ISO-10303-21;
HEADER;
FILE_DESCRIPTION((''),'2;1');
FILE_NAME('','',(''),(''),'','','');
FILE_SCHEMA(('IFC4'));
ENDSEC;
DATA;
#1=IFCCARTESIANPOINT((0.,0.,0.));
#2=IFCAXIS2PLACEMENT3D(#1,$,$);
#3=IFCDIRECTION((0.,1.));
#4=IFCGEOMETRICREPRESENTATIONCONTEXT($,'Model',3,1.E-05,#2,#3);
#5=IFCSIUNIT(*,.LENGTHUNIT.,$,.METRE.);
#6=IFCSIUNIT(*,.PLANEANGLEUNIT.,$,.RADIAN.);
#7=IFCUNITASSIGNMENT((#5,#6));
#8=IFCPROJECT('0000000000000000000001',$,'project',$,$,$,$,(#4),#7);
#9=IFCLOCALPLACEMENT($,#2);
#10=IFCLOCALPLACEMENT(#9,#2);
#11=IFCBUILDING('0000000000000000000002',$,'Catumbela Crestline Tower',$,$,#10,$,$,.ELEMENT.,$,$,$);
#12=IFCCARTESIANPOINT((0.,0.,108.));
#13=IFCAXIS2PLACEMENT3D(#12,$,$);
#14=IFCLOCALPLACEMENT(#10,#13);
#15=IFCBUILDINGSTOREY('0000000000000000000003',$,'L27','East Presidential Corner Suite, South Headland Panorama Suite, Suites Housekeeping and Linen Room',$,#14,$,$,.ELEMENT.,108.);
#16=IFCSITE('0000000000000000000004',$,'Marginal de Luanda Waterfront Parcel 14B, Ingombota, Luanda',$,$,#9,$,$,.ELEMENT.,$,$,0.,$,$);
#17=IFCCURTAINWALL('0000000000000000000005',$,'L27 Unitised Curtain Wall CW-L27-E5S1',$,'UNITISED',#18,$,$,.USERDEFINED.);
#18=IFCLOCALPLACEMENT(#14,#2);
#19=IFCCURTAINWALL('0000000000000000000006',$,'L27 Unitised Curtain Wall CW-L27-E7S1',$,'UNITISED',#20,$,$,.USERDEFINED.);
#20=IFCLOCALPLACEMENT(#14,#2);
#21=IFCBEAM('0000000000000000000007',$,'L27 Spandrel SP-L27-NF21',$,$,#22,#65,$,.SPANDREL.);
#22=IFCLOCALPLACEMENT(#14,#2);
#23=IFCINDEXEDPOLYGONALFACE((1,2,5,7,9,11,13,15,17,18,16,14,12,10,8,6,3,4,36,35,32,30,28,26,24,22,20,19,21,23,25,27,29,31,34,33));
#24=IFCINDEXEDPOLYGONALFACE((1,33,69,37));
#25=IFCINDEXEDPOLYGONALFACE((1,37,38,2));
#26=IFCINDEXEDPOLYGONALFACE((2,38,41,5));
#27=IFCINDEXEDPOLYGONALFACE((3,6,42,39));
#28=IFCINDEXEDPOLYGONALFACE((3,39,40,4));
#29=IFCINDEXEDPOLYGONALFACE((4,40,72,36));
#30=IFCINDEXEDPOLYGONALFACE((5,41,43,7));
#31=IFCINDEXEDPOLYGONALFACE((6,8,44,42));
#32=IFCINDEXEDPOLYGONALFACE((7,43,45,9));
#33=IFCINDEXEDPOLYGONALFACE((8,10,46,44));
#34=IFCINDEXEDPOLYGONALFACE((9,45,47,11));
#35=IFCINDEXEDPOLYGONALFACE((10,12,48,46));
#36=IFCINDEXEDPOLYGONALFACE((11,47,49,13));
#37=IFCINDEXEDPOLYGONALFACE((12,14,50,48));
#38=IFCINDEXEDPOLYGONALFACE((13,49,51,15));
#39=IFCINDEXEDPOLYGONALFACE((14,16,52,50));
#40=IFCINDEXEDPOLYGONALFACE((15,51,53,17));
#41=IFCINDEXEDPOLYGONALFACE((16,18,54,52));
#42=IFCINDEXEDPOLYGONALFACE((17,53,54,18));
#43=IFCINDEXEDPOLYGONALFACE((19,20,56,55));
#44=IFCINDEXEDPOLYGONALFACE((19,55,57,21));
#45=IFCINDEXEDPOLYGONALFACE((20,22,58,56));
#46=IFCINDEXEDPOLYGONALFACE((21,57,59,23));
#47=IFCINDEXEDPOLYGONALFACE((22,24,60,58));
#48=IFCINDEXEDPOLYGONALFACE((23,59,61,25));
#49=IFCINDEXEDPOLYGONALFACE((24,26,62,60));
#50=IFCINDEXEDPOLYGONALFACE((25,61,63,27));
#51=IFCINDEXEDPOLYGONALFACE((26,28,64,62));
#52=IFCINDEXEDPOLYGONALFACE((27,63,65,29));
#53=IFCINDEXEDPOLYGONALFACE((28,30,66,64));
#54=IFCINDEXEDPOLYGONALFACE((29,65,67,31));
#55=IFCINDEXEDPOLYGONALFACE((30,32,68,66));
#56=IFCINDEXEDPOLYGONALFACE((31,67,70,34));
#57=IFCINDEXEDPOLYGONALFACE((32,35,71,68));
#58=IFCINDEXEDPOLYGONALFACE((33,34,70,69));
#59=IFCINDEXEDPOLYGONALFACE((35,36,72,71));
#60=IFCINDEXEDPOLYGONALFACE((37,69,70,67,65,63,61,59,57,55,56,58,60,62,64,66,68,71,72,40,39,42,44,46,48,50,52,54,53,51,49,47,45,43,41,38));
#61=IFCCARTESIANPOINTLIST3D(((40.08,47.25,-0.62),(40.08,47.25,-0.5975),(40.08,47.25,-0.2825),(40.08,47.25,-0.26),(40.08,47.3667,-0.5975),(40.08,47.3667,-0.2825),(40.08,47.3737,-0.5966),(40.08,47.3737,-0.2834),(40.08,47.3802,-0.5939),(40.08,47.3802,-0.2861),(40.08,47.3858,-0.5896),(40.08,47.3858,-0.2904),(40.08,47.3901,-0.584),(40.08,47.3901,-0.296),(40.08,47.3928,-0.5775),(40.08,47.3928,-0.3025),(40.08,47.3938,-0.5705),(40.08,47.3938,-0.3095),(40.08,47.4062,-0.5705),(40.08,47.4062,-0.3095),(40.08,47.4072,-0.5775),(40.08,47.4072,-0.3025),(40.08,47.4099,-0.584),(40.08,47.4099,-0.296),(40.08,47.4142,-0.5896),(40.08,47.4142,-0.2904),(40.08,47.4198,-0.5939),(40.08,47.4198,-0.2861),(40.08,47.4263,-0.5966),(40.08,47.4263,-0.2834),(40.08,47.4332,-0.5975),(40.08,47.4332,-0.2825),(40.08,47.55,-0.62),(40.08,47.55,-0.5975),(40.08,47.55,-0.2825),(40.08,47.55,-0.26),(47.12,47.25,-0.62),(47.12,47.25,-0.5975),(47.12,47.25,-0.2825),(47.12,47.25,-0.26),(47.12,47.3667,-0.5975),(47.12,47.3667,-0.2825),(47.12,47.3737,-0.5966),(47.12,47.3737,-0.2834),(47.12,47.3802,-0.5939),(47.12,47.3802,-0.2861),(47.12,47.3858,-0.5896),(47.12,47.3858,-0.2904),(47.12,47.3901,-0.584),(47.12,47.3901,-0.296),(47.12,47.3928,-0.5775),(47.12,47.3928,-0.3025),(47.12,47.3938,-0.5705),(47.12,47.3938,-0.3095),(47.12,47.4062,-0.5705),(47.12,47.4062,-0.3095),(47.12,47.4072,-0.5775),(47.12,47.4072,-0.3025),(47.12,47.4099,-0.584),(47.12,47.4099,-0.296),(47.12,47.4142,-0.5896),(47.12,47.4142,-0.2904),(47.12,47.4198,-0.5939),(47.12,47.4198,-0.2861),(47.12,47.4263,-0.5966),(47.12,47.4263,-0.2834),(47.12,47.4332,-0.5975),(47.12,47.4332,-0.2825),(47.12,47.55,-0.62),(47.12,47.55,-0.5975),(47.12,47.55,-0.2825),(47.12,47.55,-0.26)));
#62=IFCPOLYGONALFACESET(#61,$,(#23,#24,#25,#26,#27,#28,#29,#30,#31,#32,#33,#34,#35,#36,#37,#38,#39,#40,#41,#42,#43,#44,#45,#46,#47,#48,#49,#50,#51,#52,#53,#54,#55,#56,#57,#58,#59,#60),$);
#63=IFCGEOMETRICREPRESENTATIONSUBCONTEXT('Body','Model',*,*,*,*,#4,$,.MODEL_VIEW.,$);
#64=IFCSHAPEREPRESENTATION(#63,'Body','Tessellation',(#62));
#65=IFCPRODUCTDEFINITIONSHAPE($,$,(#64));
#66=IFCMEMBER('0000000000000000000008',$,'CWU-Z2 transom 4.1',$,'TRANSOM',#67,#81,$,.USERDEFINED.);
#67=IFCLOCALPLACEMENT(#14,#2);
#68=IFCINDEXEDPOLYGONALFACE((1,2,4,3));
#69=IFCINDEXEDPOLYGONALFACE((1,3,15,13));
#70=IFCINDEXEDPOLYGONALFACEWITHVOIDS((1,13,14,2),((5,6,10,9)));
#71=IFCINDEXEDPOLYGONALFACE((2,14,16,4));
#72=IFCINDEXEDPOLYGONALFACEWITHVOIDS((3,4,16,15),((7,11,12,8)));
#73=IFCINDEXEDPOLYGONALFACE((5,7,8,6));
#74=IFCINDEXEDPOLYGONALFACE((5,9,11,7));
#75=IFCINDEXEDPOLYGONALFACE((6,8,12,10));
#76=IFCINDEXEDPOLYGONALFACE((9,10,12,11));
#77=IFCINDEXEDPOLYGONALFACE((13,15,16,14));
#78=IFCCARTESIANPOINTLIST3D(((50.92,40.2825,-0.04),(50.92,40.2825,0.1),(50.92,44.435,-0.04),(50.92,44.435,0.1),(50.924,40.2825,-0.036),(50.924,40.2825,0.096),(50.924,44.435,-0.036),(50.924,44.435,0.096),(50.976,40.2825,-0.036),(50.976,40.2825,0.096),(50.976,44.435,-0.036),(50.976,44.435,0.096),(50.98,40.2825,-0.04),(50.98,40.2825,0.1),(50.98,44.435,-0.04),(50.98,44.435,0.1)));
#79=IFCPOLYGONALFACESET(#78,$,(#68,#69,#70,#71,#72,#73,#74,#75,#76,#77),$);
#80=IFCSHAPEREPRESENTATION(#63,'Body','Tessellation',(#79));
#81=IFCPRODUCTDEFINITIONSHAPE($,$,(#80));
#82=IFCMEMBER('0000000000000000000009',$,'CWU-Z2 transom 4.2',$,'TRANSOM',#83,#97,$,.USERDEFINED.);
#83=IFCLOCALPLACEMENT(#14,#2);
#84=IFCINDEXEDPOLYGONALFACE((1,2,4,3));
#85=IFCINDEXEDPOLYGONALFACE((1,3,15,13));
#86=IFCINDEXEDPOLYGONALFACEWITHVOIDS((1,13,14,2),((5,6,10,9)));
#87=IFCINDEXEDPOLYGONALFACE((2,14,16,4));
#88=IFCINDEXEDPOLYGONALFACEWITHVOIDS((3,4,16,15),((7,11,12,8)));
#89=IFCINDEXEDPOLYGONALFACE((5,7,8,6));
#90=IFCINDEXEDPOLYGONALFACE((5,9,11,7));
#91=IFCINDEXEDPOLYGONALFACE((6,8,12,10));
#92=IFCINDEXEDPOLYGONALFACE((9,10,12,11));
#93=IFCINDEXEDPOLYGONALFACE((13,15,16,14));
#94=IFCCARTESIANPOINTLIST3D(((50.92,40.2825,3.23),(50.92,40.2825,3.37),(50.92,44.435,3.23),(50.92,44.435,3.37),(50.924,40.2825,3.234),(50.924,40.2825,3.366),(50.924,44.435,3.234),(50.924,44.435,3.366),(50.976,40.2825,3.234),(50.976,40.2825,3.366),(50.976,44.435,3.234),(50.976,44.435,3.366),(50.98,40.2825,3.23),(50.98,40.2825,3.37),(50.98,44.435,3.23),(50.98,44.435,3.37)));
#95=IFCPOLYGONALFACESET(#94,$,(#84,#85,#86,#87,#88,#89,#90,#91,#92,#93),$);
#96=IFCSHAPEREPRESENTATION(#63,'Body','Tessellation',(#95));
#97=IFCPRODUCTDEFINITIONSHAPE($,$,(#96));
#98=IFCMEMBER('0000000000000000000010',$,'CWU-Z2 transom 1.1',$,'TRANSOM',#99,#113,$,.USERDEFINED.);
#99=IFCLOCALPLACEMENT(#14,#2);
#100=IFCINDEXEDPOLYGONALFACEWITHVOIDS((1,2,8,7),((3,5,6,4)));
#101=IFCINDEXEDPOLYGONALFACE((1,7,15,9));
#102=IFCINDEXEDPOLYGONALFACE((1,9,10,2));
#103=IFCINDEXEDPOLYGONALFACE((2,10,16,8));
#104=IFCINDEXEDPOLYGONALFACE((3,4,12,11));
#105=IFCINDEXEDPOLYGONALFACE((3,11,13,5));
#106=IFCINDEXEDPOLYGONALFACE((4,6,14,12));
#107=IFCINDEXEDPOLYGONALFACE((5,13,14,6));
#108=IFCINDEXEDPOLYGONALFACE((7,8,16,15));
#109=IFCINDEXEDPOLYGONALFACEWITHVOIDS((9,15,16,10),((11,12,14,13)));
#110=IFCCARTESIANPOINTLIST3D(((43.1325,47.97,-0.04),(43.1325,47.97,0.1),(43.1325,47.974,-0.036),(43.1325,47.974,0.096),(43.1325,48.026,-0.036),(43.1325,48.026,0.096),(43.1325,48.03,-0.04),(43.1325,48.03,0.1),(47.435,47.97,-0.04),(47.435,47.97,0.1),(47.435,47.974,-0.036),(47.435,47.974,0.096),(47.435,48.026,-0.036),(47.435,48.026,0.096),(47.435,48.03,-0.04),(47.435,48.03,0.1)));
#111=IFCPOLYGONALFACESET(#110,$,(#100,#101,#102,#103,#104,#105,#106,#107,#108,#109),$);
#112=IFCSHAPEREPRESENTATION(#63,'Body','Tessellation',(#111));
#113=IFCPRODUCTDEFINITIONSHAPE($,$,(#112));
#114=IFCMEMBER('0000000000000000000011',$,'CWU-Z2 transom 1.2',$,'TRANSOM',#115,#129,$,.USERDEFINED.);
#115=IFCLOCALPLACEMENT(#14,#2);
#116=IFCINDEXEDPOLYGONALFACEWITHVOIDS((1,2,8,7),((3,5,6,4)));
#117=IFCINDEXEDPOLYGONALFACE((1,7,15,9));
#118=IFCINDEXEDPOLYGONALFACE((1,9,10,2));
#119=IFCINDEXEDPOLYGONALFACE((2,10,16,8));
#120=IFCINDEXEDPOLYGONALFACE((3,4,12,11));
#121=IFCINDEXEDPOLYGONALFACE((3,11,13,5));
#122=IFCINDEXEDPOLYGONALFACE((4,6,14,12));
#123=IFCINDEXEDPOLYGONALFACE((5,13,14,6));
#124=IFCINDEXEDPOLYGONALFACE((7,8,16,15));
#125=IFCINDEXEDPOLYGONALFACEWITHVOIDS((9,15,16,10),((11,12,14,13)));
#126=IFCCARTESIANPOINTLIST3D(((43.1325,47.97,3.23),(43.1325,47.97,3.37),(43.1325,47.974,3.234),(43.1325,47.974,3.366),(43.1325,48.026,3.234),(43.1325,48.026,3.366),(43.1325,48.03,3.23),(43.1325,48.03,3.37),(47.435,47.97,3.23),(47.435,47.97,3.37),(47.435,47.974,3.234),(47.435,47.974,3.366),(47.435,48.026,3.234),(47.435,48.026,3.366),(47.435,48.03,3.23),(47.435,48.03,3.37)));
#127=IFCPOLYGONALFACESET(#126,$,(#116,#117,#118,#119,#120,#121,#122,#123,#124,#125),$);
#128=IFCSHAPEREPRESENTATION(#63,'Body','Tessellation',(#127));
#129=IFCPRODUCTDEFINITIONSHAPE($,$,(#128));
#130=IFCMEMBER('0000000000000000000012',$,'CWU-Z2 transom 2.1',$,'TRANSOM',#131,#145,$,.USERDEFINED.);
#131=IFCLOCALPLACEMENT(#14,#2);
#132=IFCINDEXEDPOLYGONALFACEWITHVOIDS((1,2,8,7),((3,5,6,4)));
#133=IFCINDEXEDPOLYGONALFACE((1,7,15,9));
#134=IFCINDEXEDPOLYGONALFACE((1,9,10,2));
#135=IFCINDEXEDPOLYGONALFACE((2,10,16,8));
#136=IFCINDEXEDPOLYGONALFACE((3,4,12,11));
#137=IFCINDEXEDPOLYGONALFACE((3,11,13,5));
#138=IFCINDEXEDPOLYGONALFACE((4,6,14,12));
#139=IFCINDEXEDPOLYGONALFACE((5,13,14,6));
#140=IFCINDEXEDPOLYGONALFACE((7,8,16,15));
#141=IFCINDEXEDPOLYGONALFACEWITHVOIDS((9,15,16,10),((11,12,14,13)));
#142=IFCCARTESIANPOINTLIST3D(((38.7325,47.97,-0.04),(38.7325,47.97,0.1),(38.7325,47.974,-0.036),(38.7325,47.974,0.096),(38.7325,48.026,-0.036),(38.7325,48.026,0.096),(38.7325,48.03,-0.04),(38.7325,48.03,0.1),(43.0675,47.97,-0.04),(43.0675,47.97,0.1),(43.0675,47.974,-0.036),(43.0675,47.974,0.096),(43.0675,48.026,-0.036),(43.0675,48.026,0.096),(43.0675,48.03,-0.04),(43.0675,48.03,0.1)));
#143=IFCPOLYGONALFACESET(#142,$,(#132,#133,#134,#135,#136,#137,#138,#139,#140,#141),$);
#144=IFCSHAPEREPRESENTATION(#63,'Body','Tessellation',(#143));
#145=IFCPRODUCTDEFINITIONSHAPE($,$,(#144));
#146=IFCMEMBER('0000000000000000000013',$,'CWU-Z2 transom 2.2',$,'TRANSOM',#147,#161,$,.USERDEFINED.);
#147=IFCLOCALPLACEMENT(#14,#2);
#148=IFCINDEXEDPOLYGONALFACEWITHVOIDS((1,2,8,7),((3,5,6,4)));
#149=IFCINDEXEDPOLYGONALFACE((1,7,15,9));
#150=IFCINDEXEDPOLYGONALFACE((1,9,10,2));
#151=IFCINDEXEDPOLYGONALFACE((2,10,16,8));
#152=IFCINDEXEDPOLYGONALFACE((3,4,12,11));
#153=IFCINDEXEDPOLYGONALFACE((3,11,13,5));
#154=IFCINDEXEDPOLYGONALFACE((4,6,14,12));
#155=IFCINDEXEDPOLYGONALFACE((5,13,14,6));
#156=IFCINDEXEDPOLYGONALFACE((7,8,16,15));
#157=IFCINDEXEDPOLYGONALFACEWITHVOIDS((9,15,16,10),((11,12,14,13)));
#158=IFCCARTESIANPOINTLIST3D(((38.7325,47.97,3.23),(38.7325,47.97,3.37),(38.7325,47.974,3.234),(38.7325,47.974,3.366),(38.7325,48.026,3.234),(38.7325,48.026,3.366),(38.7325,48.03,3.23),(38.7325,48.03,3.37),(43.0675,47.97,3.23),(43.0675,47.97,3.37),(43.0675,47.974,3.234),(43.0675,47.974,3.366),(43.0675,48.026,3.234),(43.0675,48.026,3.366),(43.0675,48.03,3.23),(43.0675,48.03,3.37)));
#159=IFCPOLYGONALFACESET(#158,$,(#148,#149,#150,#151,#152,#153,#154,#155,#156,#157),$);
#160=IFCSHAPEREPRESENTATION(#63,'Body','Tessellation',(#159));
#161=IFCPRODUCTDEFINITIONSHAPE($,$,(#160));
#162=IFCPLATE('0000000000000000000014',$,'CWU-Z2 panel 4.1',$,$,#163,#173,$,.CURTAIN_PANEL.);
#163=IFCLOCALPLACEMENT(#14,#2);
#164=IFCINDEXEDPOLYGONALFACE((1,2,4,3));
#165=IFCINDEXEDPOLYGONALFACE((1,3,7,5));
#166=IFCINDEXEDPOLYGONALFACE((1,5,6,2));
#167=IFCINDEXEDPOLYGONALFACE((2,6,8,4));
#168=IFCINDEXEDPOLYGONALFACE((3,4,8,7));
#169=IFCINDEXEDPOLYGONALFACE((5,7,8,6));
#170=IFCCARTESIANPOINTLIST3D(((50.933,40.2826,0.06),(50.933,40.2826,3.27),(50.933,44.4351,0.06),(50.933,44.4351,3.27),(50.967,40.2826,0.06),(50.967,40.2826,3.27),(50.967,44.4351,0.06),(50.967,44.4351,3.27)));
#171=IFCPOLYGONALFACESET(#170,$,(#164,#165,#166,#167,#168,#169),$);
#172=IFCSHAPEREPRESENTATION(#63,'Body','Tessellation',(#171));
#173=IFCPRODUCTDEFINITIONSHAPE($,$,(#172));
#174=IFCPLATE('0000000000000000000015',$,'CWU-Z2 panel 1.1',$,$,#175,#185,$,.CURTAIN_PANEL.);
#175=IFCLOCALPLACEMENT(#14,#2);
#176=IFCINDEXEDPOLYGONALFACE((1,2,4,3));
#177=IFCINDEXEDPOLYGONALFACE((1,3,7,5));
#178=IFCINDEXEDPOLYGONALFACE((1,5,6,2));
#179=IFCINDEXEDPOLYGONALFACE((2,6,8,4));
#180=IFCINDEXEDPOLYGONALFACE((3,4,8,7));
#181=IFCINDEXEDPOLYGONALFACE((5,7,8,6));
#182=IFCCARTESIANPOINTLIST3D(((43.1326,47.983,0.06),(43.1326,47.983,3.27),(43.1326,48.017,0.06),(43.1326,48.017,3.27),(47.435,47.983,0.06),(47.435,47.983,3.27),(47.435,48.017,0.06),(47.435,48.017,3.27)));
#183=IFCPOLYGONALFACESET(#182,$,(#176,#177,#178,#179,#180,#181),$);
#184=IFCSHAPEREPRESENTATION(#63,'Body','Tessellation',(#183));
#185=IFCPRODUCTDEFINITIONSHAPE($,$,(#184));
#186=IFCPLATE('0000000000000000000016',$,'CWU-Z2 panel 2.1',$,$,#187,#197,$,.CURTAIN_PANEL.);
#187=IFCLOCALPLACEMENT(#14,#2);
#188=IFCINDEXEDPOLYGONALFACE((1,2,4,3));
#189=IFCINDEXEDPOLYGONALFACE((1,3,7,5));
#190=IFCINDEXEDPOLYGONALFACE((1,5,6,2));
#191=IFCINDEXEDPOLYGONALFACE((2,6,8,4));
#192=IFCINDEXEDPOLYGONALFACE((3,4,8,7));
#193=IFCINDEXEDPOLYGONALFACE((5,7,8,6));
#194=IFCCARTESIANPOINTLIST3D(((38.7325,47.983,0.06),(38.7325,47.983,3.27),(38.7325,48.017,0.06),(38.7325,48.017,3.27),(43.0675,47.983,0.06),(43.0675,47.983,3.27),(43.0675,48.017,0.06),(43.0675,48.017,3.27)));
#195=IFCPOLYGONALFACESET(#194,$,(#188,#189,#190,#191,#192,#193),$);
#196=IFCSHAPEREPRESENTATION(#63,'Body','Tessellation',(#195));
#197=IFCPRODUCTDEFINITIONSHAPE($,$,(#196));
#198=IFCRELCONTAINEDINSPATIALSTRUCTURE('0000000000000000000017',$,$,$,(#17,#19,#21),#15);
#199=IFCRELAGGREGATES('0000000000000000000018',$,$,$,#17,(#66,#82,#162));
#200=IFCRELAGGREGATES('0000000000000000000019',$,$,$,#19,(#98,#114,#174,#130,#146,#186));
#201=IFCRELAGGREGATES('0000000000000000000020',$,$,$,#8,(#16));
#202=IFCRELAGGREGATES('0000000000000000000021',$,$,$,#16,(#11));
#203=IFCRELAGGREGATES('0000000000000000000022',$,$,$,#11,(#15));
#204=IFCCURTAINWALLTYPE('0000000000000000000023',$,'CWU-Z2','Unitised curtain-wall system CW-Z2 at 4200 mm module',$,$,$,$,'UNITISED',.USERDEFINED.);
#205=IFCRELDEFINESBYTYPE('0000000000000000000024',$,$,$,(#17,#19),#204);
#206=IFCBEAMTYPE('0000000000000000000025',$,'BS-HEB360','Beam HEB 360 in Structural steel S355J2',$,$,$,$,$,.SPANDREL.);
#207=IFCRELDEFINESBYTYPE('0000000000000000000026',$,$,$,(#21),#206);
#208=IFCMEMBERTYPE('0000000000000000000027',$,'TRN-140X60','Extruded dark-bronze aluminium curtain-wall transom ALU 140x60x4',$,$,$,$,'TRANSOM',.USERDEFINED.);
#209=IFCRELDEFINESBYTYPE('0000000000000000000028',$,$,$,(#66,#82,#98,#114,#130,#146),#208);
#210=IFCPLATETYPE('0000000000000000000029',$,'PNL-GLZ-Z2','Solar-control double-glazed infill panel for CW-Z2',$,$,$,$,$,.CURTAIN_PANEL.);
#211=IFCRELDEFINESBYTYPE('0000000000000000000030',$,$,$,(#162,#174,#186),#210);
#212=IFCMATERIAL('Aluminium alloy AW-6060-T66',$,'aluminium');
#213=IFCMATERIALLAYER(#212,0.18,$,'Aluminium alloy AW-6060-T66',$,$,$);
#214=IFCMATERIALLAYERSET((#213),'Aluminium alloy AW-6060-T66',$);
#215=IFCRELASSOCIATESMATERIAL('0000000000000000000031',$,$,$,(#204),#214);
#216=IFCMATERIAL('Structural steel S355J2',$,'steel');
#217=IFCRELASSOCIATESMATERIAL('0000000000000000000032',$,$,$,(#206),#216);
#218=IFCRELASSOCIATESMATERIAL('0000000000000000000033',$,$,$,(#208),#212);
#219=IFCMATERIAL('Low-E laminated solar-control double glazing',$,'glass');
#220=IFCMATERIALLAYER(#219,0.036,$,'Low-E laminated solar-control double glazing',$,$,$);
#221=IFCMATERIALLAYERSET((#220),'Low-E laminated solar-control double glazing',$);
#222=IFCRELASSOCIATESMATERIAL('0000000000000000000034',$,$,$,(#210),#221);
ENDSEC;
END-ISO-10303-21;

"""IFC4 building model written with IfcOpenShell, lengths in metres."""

from ifc_helpers import new_model, si_unit, direction, frame, origin, origin_2d, place, context, subcontext, project, spatial, rectangle, hollow_rectangle, i_section, extrude, material, layer, layer_set, material_profile, profile_set, type_object, element, aggregate, save


model = new_model("IFC4")

# Units and contexts
model_context = context("Model", 3, precision=1e-05, world=origin(), true_north=direction((0.0, 1.0)))
body_context = subcontext(model_context, "Body", "Model", "MODEL_VIEW")
ifc_project = project(units=[si_unit("LENGTHUNIT", "METRE"), si_unit("PLANEANGLEUNIT", "RADIAN")], contexts=[model_context])

# Site, building, storey
site_placement = place(None, origin())
site = spatial("IfcSite", under=ifc_project, at=site_placement, Name="Marginal de Luanda Waterfront Parcel 14B, Ingombota, Luanda", CompositionType="ELEMENT", RefElevation=0.0)
building_placement = place(site_placement, origin())
building = spatial("IfcBuilding", under=site, at=building_placement, Name="Catumbela Crestline Tower", CompositionType="ELEMENT")
storey_placement = place(building_placement, frame((0.0, 0.0, 108.0)))
storey = spatial("IfcBuildingStorey", under=building, at=storey_placement, Name="L27", Description="East Presidential Corner Suite, South Headland Panorama Suite, Suites Housekeeping and Linen Room", CompositionType="ELEMENT", Elevation=108.0)

# Curtain walls
ifc_material_1 = material(Name="Aluminium alloy AW-6060-T66", Category="aluminium")
ifc_layer_1 = layer(ifc_material_1, 0.18, Name="Aluminium alloy AW-6060-T66")
ifc_layer_set_1 = layer_set([ifc_layer_1], Name="Aluminium alloy AW-6060-T66")
curtain_wall_type = type_object("IfcCurtainWallType", Name="CWU-Z2", Description="Unitised curtain-wall system CW-Z2 at 4200 mm module", ElementType="UNITISED", PredefinedType="USERDEFINED", material=ifc_layer_set_1)
curtain_wall_1_placement = place(storey_placement, origin())
curtain_wall_1 = element("IfcCurtainWall", 1, at=curtain_wall_1_placement, inside=storey, type_object=curtain_wall_type, Name="L27 Unitised Curtain Wall CW-L27-E5S1", ObjectType="UNITISED", PredefinedType="USERDEFINED")
curtain_wall_2_placement = place(storey_placement, origin())
curtain_wall_2 = element("IfcCurtainWall", 2, at=curtain_wall_2_placement, inside=storey, type_object=curtain_wall_type, Name="L27 Unitised Curtain Wall CW-L27-E7S1", ObjectType="UNITISED", PredefinedType="USERDEFINED")

# Beam
ifc_material_2 = material(Name="Structural steel S355J2", Category="steel")
ifc_material_profile_1 = material_profile(ifc_material_2, i_section(OverallWidth=0.3, OverallDepth=0.36, WebThickness=0.0125, FlangeThickness=0.0225, FilletRadius=0.027, at=origin_2d()), Name="HEB 360")
ifc_profile_set_1 = profile_set([ifc_material_profile_1], Name="Structural steel S355J2")
beam_type = type_object("IfcBeamType", Name="BS-HEB360", Description="Beam HEB 360 in Structural steel S355J2", PredefinedType="SPANDREL", material=ifc_profile_set_1)
beam_placement = place(storey_placement, frame((40.08, 47.4, -0.44), z_axis=(1.0, 0.0, 0.0), x_axis=(0.0, 1.0, 0.0)))
element("IfcBeam", 3, at=beam_placement, inside=storey, type_object=beam_type, Name="L27 Spandrel SP-L27-NF21", PredefinedType="SPANDREL", context=body_context, shape_type="SweptSolid", body=[
    extrude(i_section(OverallWidth=0.3, OverallDepth=0.36, WebThickness=0.0125, FlangeThickness=0.0225, FilletRadius=0.027, at=origin_2d()), origin(), (0.0, 0.0, 1.0), 7.04),
])

# Members
ifc_material_profile_2 = material_profile(ifc_material_1, hollow_rectangle(XDim=0.06, YDim=0.14, WallThickness=0.004, at=origin_2d()), Name="ALU 140x60x4")
ifc_profile_set_2 = profile_set([ifc_material_profile_2], Name="Aluminium alloy AW-6060-T66")
member_type_1 = type_object("IfcMemberType", Name="TRN-140X60", Description="Extruded dark-bronze aluminium curtain-wall transom ALU 140x60x4", ElementType="TRANSOM", PredefinedType="USERDEFINED", material=ifc_profile_set_2)
member_1_placement = place(storey_placement, frame((50.95, 40.2825, 0.03), z_axis=(0.0, 1.0, 0.0), x_axis=(-1.0, 0.0, 0.0)))
member_1 = element("IfcMember", 4, at=member_1_placement, type_object=member_type_1, Name="CWU-Z2 transom 4.1", ObjectType="TRANSOM", PredefinedType="USERDEFINED", context=body_context, shape_type="SweptSolid", body=[
    extrude(hollow_rectangle(XDim=0.06, YDim=0.14, WallThickness=0.004, at=origin_2d()), origin(), (0.0, 0.0, 1.0), 4.1525),
])
member_2_placement = place(storey_placement, frame((50.95, 40.2825, 3.3), z_axis=(0.0, 1.0, 0.0), x_axis=(-1.0, 0.0, 0.0)))
member_2 = element("IfcMember", 5, at=member_2_placement, type_object=member_type_1, Name="CWU-Z2 transom 4.2", ObjectType="TRANSOM", PredefinedType="USERDEFINED", context=body_context, shape_type="SweptSolid", body=[
    extrude(hollow_rectangle(XDim=0.06, YDim=0.14, WallThickness=0.004, at=origin_2d()), origin(), (0.0, 0.0, 1.0), 4.1525),
])
member_3_placement = place(storey_placement, frame((47.435, 48.0, 0.03), z_axis=(-1.0, 0.0, 0.0), x_axis=(0.0, -1.0, 0.0)))
member_3 = element("IfcMember", 6, at=member_3_placement, type_object=member_type_1, Name="CWU-Z2 transom 1.1", ObjectType="TRANSOM", PredefinedType="USERDEFINED", context=body_context, shape_type="SweptSolid", body=[
    extrude(hollow_rectangle(XDim=0.06, YDim=0.14, WallThickness=0.004, at=origin_2d()), origin(), (0.0, 0.0, 1.0), 4.3025),
])
member_4_placement = place(storey_placement, frame((47.435, 48.0, 3.3), z_axis=(-1.0, 0.0, 0.0), x_axis=(0.0, -1.0, 0.0)))
member_4 = element("IfcMember", 7, at=member_4_placement, type_object=member_type_1, Name="CWU-Z2 transom 1.2", ObjectType="TRANSOM", PredefinedType="USERDEFINED", context=body_context, shape_type="SweptSolid", body=[
    extrude(hollow_rectangle(XDim=0.06, YDim=0.14, WallThickness=0.004, at=origin_2d()), origin(), (0.0, 0.0, 1.0), 4.3025),
])
member_5_placement = place(storey_placement, frame((43.0675, 48.0, 0.03), z_axis=(-1.0, 0.0, 0.0), x_axis=(0.0, -1.0, 0.0)))
member_5 = element("IfcMember", 8, at=member_5_placement, type_object=member_type_1, Name="CWU-Z2 transom 2.1", ObjectType="TRANSOM", PredefinedType="USERDEFINED", context=body_context, shape_type="SweptSolid", body=[
    extrude(hollow_rectangle(XDim=0.06, YDim=0.14, WallThickness=0.004, at=origin_2d()), origin(), (0.0, 0.0, 1.0), 4.335),
])
member_6_placement = place(storey_placement, frame((43.0675, 48.0, 3.3), z_axis=(-1.0, 0.0, 0.0), x_axis=(0.0, -1.0, 0.0)))
member_6 = element("IfcMember", 9, at=member_6_placement, type_object=member_type_1, Name="CWU-Z2 transom 2.2", ObjectType="TRANSOM", PredefinedType="USERDEFINED", context=body_context, shape_type="SweptSolid", body=[
    extrude(hollow_rectangle(XDim=0.06, YDim=0.14, WallThickness=0.004, at=origin_2d()), origin(), (0.0, 0.0, 1.0), 4.335),
])

# Plates
ifc_material_3 = material(Name="Low-E laminated solar-control double glazing", Category="glass")
ifc_layer_2 = layer(ifc_material_3, 0.036, Name="Low-E laminated solar-control double glazing")
ifc_layer_set_2 = layer_set([ifc_layer_2], Name="Low-E laminated solar-control double glazing")
plate_type = type_object("IfcPlateType", Name="PNL-GLZ-Z2", Description="Solar-control double-glazed infill panel for CW-Z2", PredefinedType="CURTAIN_PANEL", material=ifc_layer_set_2)
plate_1_placement = place(storey_placement, frame((50.95, 42.3588, 0.06), z_axis=(0.0, 0.0, 1.0), x_axis=(0.0, 1.0, 0.0)))
plate_1 = element("IfcPlate", 10, at=plate_1_placement, type_object=plate_type, Name="CWU-Z2 panel 4.1", PredefinedType="CURTAIN_PANEL", context=body_context, shape_type="SweptSolid", body=[
    extrude(rectangle(XDim=4.1525, YDim=0.034, at=origin_2d()), origin(), (0.0, 0.0, 1.0), 3.21),
])
aggregate(curtain_wall_1, [member_1, member_2, plate_1])
plate_2_placement = place(storey_placement, frame((45.2838, 48.0, 0.06), z_axis=(0.0, 0.0, 1.0), x_axis=(-1.0, 0.0, 0.0)))
plate_2 = element("IfcPlate", 11, at=plate_2_placement, type_object=plate_type, Name="CWU-Z2 panel 1.1", PredefinedType="CURTAIN_PANEL", context=body_context, shape_type="SweptSolid", body=[
    extrude(rectangle(XDim=4.3025, YDim=0.034, at=origin_2d()), origin(), (0.0, 0.0, 1.0), 3.21),
])
plate_3_placement = place(storey_placement, frame((40.9, 48.0, 0.06), z_axis=(0.0, 0.0, 1.0), x_axis=(-1.0, 0.0, 0.0)))
plate_3 = element("IfcPlate", 12, at=plate_3_placement, type_object=plate_type, Name="CWU-Z2 panel 2.1", PredefinedType="CURTAIN_PANEL", context=body_context, shape_type="SweptSolid", body=[
    extrude(rectangle(XDim=4.335, YDim=0.034, at=origin_2d()), origin(), (0.0, 0.0, 1.0), 3.21),
])
aggregate(curtain_wall_2, [member_3, member_4, plate_2, member_5, member_6, plate_3])

save(model, "model.ifc")
